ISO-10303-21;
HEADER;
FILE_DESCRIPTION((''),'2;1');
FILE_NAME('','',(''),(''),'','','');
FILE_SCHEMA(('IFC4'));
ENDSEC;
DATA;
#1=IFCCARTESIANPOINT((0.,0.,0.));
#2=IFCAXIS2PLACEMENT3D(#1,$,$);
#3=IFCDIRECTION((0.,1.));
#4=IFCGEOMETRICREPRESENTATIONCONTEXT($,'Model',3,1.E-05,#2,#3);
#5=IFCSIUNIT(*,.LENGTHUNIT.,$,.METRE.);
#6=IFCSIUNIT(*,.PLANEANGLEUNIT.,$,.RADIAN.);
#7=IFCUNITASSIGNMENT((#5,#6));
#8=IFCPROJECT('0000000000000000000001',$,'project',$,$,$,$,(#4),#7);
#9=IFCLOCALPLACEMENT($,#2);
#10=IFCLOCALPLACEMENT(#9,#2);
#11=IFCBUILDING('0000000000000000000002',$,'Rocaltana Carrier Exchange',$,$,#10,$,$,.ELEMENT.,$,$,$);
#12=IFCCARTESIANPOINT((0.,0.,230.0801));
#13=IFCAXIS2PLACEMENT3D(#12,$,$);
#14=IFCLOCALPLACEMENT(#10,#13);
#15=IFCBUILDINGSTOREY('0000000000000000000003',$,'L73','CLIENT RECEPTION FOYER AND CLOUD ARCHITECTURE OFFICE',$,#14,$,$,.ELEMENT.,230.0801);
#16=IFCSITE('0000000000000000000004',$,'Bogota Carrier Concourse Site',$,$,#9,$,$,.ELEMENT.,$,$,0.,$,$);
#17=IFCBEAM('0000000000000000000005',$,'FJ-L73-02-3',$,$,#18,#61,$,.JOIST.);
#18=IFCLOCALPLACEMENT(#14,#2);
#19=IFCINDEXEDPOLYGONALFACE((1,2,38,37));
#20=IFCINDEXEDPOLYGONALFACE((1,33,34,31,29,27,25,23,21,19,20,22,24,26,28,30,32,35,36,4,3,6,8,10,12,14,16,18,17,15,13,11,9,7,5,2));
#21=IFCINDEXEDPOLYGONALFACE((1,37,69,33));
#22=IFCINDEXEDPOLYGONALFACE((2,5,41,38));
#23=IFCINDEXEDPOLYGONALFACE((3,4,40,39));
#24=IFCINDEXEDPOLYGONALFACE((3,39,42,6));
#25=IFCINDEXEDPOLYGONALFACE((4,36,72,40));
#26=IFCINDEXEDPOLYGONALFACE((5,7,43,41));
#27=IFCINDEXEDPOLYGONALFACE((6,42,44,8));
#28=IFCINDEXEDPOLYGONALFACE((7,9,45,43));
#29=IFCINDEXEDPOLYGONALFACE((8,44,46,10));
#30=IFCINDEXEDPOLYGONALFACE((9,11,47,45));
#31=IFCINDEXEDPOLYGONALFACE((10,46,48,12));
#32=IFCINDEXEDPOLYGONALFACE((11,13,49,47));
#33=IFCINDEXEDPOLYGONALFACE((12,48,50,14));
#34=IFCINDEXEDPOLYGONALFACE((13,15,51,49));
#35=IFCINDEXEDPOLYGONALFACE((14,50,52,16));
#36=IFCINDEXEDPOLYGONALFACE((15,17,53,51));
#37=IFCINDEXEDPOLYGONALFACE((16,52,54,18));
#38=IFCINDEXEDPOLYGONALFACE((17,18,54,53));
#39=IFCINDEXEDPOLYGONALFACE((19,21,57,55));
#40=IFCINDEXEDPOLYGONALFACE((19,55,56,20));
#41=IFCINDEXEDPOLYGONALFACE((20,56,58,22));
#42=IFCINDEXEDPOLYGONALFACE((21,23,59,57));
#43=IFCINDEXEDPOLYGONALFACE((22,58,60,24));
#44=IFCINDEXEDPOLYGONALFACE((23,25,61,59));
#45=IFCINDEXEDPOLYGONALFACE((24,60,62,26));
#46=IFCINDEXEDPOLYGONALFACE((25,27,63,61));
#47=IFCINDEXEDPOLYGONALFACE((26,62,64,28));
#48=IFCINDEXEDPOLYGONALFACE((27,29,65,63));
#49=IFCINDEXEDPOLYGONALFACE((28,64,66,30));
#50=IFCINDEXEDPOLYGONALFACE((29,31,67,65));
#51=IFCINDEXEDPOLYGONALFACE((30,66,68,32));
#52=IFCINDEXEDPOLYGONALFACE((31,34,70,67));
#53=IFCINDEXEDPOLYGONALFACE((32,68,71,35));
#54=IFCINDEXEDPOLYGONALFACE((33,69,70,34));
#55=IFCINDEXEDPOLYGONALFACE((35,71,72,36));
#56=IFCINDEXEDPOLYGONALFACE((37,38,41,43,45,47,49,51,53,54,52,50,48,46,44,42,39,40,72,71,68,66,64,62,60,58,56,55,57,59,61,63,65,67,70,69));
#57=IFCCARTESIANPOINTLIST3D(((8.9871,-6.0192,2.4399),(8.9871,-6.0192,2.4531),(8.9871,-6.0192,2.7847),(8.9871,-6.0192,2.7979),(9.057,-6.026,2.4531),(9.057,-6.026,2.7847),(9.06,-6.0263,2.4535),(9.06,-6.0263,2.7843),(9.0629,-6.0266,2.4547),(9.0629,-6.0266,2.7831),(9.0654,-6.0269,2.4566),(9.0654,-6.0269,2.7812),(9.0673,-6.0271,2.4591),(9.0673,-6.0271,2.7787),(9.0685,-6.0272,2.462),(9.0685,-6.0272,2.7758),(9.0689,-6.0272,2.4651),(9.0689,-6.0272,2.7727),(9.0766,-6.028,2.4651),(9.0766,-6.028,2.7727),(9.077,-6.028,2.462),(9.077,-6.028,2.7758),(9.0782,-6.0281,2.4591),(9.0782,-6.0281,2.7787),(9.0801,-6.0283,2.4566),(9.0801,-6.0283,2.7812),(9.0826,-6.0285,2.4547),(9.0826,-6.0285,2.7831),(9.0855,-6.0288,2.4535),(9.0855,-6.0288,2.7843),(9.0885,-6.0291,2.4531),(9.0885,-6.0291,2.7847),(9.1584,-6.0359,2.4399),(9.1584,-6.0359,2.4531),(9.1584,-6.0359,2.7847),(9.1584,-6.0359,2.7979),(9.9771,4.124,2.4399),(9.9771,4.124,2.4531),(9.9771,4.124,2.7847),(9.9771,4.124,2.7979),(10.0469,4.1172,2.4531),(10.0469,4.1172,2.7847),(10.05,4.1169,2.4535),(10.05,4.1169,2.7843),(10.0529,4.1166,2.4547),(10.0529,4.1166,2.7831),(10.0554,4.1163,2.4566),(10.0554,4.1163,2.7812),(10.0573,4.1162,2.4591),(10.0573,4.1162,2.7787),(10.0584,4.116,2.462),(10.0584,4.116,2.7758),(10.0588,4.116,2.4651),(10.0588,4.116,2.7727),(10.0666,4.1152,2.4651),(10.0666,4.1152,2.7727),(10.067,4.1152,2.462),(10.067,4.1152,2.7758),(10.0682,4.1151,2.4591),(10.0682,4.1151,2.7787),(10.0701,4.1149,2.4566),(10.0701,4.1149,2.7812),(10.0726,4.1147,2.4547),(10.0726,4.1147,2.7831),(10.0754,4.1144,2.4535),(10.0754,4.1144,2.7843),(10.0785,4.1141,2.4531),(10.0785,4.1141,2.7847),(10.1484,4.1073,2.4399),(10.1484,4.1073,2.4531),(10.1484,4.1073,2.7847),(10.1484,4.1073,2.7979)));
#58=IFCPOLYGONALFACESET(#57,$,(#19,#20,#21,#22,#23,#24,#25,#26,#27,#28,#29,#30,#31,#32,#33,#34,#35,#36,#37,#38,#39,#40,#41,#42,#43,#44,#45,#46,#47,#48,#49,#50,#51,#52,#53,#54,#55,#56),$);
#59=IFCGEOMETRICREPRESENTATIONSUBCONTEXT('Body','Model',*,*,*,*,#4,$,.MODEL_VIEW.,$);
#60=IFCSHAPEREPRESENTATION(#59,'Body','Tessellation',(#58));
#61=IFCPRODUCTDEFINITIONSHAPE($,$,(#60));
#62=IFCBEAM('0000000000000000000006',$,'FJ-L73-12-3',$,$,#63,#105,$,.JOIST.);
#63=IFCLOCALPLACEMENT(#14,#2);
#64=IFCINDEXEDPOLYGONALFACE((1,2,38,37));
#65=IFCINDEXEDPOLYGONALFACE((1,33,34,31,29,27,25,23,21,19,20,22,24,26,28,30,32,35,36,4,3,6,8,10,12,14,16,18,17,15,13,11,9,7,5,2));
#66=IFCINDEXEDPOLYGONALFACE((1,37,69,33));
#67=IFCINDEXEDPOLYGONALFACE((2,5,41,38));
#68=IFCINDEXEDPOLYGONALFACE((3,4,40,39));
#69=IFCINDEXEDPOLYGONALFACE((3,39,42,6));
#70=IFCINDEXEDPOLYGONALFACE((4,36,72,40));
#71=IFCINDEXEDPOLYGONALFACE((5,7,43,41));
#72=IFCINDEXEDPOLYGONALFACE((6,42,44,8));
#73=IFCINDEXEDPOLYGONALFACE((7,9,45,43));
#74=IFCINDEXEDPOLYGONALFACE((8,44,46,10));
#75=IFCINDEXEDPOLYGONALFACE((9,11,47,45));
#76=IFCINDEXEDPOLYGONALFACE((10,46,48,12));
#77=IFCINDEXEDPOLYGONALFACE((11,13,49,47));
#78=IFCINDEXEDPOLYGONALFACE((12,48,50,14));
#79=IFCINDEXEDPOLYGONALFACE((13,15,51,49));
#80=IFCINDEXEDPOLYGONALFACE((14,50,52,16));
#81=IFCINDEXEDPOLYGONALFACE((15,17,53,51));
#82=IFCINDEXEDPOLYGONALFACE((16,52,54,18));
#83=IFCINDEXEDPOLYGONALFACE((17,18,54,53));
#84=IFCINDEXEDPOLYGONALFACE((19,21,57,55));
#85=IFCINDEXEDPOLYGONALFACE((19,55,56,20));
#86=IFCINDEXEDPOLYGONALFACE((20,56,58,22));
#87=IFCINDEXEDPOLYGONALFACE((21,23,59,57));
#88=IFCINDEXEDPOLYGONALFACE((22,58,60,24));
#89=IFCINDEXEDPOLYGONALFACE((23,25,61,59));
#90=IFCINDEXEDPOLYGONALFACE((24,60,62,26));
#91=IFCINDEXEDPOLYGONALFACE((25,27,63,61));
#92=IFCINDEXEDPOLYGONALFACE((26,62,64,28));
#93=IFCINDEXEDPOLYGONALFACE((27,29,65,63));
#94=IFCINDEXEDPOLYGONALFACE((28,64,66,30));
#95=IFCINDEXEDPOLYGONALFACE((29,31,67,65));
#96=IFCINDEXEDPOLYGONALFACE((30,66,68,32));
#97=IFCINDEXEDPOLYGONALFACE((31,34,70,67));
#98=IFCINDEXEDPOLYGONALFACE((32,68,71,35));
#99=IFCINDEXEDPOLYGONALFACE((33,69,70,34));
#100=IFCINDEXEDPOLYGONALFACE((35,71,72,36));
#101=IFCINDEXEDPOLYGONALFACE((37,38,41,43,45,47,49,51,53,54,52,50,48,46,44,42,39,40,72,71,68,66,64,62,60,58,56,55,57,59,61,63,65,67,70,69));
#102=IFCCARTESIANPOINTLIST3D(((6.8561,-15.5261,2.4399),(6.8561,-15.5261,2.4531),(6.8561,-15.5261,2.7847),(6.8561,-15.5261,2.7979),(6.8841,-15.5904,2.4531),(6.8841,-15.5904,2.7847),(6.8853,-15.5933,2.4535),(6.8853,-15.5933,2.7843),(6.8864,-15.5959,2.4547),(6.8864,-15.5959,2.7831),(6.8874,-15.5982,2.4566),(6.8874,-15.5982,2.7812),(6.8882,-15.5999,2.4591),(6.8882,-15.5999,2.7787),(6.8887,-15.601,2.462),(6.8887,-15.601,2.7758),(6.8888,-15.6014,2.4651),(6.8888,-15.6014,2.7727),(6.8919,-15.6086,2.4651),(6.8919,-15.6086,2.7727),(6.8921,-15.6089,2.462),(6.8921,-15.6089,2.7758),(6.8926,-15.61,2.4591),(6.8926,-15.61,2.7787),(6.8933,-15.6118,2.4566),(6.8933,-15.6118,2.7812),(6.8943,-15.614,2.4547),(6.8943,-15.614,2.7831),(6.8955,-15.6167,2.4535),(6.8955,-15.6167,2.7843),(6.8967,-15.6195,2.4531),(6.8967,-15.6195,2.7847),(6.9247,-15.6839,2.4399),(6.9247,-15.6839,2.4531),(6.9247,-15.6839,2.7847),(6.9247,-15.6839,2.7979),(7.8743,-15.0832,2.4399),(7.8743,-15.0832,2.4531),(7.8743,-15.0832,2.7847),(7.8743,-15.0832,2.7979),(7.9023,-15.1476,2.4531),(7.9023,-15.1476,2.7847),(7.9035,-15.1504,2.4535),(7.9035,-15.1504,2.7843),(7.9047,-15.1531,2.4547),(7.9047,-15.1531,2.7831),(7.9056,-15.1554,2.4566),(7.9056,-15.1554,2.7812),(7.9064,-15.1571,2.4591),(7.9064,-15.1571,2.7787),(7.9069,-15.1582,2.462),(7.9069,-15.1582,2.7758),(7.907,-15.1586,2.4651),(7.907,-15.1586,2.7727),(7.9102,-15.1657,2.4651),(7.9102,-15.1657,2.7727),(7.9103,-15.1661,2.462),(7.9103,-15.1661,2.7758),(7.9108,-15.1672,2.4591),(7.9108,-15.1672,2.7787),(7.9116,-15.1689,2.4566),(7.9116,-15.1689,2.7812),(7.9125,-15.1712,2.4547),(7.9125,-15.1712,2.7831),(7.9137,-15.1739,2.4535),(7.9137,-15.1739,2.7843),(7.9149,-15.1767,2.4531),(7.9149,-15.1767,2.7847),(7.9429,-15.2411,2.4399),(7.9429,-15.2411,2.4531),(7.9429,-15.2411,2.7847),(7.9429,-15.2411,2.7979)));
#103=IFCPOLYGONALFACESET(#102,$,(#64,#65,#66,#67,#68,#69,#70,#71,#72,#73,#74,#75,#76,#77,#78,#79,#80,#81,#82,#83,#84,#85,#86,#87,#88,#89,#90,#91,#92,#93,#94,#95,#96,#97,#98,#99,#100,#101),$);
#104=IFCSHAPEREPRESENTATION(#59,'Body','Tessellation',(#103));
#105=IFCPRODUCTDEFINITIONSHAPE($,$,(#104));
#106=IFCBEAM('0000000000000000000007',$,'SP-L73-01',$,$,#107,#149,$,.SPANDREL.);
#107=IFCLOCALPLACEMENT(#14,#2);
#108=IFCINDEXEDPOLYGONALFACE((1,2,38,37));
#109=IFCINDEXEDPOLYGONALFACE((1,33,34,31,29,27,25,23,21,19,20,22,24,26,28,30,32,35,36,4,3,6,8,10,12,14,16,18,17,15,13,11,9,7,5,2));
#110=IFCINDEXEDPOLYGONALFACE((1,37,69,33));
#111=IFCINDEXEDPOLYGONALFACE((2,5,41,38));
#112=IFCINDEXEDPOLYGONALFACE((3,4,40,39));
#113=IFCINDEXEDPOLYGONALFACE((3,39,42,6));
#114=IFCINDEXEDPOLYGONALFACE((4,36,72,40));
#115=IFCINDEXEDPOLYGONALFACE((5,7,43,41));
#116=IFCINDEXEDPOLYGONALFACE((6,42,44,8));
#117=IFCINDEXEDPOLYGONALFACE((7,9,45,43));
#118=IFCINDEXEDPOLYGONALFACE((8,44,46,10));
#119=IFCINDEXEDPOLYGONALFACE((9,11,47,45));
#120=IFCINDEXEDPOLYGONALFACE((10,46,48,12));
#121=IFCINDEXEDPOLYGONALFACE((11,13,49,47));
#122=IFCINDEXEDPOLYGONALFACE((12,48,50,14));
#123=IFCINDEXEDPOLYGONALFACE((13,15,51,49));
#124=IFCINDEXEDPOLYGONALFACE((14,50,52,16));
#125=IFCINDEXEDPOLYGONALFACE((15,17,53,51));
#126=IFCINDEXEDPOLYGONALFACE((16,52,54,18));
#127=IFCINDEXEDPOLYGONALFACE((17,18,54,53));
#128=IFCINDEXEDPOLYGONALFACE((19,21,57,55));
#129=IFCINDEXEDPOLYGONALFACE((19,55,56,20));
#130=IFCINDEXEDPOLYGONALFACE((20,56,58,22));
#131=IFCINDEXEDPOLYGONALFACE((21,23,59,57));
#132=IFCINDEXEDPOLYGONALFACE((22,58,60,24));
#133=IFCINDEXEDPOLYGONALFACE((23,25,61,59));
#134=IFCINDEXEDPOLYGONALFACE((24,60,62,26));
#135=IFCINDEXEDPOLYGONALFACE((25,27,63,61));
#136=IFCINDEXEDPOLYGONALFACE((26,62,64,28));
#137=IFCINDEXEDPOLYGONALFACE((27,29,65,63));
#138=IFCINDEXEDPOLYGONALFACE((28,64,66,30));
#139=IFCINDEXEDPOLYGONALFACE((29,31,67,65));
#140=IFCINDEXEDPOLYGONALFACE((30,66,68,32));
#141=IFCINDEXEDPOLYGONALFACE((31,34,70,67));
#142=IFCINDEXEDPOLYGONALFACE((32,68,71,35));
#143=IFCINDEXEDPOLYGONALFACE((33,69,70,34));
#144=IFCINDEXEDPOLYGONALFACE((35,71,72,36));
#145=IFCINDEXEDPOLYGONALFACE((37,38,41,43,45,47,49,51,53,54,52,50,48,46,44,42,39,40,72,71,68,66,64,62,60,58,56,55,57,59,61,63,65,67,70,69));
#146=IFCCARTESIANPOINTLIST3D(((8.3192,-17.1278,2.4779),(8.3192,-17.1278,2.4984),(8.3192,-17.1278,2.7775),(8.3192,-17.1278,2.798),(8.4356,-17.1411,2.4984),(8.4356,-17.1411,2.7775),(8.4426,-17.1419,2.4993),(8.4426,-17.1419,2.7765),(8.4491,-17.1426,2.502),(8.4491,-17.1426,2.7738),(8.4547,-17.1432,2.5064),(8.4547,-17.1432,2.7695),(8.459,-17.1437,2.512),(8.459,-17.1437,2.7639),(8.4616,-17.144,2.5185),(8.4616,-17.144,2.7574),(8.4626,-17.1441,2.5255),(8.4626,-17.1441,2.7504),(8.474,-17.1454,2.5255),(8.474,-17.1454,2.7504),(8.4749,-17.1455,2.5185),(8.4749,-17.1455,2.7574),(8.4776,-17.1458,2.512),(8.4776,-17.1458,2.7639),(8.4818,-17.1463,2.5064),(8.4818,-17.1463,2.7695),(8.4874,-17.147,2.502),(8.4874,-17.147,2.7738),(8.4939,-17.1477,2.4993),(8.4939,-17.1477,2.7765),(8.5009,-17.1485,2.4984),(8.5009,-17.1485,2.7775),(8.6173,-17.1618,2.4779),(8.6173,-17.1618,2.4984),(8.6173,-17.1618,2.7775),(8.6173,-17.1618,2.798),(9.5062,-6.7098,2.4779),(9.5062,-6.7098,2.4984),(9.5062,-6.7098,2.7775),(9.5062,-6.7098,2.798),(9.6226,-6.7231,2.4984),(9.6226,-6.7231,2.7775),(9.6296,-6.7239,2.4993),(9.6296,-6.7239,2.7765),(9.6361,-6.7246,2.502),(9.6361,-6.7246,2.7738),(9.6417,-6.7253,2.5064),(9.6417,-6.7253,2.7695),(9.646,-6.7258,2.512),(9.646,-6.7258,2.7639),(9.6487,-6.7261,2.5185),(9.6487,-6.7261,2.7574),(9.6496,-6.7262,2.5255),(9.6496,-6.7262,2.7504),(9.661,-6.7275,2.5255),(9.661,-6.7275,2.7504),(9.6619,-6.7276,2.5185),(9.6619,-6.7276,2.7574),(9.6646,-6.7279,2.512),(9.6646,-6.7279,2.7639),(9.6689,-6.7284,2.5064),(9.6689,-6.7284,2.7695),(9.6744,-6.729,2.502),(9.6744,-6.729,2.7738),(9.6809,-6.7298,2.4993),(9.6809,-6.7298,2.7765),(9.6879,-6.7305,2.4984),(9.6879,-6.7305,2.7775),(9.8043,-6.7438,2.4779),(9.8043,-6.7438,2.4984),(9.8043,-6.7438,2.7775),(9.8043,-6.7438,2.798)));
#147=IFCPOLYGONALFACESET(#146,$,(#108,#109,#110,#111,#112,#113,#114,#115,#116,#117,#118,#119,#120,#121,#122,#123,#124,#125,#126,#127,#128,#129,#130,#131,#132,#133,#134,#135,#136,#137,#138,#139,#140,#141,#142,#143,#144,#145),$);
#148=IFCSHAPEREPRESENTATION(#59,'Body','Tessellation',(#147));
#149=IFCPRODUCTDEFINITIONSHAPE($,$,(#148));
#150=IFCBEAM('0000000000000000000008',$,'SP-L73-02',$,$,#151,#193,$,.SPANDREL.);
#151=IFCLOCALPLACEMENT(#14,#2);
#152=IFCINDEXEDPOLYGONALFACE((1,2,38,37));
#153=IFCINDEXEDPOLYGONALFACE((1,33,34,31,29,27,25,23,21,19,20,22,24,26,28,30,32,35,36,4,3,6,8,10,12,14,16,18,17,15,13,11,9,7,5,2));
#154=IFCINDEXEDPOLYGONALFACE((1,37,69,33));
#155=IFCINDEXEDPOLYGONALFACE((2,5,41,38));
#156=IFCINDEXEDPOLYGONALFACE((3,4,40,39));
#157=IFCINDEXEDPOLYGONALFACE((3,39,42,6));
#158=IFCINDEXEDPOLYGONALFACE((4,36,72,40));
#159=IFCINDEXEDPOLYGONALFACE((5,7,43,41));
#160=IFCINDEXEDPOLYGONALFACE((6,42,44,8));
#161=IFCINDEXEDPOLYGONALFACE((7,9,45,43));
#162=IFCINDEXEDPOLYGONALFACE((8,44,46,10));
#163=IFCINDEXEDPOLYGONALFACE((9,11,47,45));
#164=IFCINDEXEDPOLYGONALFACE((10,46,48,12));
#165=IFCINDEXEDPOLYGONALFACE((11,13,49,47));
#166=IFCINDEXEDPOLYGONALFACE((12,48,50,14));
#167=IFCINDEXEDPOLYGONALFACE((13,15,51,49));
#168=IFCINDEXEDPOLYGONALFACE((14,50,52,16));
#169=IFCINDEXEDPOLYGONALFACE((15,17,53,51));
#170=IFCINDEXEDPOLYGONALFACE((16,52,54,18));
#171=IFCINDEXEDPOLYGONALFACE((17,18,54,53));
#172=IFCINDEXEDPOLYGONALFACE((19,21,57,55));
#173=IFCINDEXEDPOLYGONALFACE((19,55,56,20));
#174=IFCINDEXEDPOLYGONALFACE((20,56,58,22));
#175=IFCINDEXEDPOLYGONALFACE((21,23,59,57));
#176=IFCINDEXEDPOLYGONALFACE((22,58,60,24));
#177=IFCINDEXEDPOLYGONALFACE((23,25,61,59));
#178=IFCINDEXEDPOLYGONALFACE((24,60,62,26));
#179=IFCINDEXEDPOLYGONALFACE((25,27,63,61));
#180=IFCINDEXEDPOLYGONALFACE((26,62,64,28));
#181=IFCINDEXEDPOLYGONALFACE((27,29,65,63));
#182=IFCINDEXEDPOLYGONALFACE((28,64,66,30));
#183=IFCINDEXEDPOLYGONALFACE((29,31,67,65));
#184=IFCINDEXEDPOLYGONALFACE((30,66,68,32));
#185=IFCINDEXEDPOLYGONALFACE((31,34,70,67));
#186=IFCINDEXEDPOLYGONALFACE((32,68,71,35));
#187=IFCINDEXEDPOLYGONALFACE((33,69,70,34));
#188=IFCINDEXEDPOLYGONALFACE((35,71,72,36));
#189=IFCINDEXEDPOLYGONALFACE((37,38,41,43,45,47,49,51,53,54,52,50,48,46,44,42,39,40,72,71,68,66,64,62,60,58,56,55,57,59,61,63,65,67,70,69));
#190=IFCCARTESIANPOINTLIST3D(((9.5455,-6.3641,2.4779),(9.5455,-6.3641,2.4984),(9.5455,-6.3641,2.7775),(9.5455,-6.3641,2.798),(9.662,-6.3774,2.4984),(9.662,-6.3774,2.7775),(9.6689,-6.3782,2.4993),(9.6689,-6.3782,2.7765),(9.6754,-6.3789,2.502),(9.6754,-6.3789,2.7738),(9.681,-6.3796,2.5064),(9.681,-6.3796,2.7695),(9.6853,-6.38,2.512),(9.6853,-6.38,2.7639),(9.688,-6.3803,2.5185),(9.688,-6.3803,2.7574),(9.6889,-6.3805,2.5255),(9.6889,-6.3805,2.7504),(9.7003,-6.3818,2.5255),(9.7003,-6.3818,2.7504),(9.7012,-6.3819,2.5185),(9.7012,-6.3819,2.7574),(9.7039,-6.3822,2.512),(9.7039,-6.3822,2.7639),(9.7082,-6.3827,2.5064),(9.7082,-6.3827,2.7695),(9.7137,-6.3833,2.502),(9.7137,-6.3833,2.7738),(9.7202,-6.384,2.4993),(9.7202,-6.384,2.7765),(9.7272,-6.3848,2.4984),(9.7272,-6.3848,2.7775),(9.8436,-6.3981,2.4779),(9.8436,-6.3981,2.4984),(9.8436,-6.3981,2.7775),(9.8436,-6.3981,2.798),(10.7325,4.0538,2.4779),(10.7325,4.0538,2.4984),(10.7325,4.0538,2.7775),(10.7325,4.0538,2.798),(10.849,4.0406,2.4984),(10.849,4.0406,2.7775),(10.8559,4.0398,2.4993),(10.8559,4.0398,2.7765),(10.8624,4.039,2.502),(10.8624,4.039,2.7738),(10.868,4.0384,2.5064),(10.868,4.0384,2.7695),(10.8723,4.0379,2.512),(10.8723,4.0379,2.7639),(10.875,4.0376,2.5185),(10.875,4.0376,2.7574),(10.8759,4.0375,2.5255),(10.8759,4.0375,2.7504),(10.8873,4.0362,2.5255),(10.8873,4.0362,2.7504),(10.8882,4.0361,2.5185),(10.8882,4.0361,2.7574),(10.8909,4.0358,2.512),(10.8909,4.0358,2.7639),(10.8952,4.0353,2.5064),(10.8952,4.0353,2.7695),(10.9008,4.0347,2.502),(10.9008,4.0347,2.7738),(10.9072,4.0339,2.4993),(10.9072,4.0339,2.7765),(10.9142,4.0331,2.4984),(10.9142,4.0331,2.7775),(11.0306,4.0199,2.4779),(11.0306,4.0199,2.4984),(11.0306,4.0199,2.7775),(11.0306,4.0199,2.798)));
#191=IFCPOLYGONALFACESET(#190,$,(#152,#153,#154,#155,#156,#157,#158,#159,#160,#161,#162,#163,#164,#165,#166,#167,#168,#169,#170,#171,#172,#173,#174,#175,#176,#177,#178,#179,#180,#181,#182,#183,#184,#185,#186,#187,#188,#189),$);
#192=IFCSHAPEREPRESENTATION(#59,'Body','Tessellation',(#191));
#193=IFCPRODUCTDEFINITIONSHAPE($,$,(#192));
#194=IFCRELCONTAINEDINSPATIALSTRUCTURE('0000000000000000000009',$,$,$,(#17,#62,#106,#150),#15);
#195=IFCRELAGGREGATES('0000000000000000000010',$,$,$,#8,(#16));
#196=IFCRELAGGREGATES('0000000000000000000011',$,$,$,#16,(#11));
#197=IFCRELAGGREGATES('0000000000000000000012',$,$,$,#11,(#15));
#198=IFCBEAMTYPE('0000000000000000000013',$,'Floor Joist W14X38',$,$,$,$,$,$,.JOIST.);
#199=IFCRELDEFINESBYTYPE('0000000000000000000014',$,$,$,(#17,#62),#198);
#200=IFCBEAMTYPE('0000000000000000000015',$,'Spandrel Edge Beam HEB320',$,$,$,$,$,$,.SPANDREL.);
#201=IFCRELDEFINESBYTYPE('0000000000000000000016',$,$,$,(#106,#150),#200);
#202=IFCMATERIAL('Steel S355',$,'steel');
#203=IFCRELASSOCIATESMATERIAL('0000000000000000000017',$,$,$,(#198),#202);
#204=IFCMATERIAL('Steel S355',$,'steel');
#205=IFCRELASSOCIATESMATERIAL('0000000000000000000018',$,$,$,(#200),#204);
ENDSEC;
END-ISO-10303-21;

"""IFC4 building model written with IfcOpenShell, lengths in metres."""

from ifc_helpers import new_model, si_unit, direction, frame, origin, origin_2d, place, context, subcontext, project, spatial, i_section, extrude, material, material_profile, profile_set, type_object, element, save


model = new_model("IFC4")

# Units and contexts
model_context = context("Model", 3, precision=1e-05, world=origin(), true_north=direction((0.0, 1.0)))
body_context = subcontext(model_context, "Body", "Model", "MODEL_VIEW")
ifc_project = project(units=[si_unit("LENGTHUNIT", "METRE"), si_unit("PLANEANGLEUNIT", "RADIAN")], contexts=[model_context])

# Site, building, storey
site_placement = place(None, origin())
site = spatial("IfcSite", under=ifc_project, at=site_placement, Name="Bogota Carrier Concourse Site", CompositionType="ELEMENT", RefElevation=0.0)
building_placement = place(site_placement, origin())
building = spatial("IfcBuilding", under=site, at=building_placement, Name="Rocaltana Carrier Exchange", CompositionType="ELEMENT")
storey_placement = place(building_placement, frame((0.0, 0.0, 230.0801)))
storey = spatial("IfcBuildingStorey", under=building, at=storey_placement, Name="L73", Description="CLIENT RECEPTION FOYER AND CLOUD ARCHITECTURE OFFICE", CompositionType="ELEMENT", Elevation=230.0801)

# Beams
ifc_material_1 = material(Name="Steel S355", Category="steel")
ifc_material_profile_1 = material_profile(ifc_material_1, i_section(OverallWidth=0.1721, OverallDepth=0.3579, WebThickness=0.0078, FlangeThickness=0.0132, FilletRadius=0.012, at=origin_2d()), Name="W14X38")
ifc_profile_set_1 = profile_set([ifc_material_profile_1], Name="Steel S355")
beam_type_1 = type_object("IfcBeamType", Name="Floor Joist W14X38", PredefinedType="JOIST", material=ifc_profile_set_1)
beam_1_placement = place(storey_placement, frame((9.0728, -6.0276, 2.6189), z_axis=(0.097139, 0.995271, 0.0), x_axis=(-0.995271, 0.097139, 0.0)))
element("IfcBeam", 1, at=beam_1_placement, inside=storey, type_object=beam_type_1, Name="FJ-L73-02-3", PredefinedType="JOIST", context=body_context, shape_type="SweptSolid", body=[
    extrude(i_section(OverallWidth=0.1721, OverallDepth=0.3579, WebThickness=0.0078, FlangeThickness=0.0132, FilletRadius=0.012, at=origin_2d()), origin(), (0.0, 0.0, 1.0), 10.1914),
])
beam_2_placement = place(storey_placement, frame((6.8904, -15.605, 2.6189), z_axis=(0.917028, 0.398823, 0.0), x_axis=(-0.398823, 0.917028, 0.0)))
element("IfcBeam", 2, at=beam_2_placement, inside=storey, type_object=beam_type_1, Name="FJ-L73-12-3", PredefinedType="JOIST", context=body_context, shape_type="SweptSolid", body=[
    extrude(i_section(OverallWidth=0.1721, OverallDepth=0.3579, WebThickness=0.0078, FlangeThickness=0.0132, FilletRadius=0.012, at=origin_2d()), origin(), (0.0, 0.0, 1.0), 1.1104),
])
ifc_material_2 = material(Name="Steel S355", Category="steel")
ifc_material_profile_2 = material_profile(ifc_material_2, i_section(OverallWidth=0.3, OverallDepth=0.3201, WebThickness=0.0115, FlangeThickness=0.0205, FilletRadius=0.0271, at=origin_2d()), Name="HEB320")
ifc_profile_set_2 = profile_set([ifc_material_profile_2], Name="Steel S355")
beam_type_2 = type_object("IfcBeamType", Name="Spandrel Edge Beam HEB320", PredefinedType="SPANDREL", material=ifc_profile_set_2)
for number, where, z_axis, x_axis, name in (
    (3, (8.4683, -17.1448, 2.6379), (0.113206, 0.993571, 0.0), (-0.993571, 0.113206, 0.0), "SP-L73-01"),
    (4, (9.6946, -6.3811, 2.6379), (0.113206, 0.993571, 0.0), (-0.993571, 0.113206, 0.0), "SP-L73-02"),
):
    element("IfcBeam", number, at=place(storey_placement, frame(where, z_axis=z_axis, x_axis=x_axis)), inside=storey, type_object=beam_type_2, Name=name, PredefinedType="SPANDREL", context=body_context, shape_type="SweptSolid", body=[
        extrude(i_section(OverallWidth=0.3, OverallDepth=0.3201, WebThickness=0.0115, FlangeThickness=0.0205, FilletRadius=0.0271, at=origin_2d()), origin(), (0.0, 0.0, 1.0), 10.4854),
    ])

save(model, "model.ifc")
